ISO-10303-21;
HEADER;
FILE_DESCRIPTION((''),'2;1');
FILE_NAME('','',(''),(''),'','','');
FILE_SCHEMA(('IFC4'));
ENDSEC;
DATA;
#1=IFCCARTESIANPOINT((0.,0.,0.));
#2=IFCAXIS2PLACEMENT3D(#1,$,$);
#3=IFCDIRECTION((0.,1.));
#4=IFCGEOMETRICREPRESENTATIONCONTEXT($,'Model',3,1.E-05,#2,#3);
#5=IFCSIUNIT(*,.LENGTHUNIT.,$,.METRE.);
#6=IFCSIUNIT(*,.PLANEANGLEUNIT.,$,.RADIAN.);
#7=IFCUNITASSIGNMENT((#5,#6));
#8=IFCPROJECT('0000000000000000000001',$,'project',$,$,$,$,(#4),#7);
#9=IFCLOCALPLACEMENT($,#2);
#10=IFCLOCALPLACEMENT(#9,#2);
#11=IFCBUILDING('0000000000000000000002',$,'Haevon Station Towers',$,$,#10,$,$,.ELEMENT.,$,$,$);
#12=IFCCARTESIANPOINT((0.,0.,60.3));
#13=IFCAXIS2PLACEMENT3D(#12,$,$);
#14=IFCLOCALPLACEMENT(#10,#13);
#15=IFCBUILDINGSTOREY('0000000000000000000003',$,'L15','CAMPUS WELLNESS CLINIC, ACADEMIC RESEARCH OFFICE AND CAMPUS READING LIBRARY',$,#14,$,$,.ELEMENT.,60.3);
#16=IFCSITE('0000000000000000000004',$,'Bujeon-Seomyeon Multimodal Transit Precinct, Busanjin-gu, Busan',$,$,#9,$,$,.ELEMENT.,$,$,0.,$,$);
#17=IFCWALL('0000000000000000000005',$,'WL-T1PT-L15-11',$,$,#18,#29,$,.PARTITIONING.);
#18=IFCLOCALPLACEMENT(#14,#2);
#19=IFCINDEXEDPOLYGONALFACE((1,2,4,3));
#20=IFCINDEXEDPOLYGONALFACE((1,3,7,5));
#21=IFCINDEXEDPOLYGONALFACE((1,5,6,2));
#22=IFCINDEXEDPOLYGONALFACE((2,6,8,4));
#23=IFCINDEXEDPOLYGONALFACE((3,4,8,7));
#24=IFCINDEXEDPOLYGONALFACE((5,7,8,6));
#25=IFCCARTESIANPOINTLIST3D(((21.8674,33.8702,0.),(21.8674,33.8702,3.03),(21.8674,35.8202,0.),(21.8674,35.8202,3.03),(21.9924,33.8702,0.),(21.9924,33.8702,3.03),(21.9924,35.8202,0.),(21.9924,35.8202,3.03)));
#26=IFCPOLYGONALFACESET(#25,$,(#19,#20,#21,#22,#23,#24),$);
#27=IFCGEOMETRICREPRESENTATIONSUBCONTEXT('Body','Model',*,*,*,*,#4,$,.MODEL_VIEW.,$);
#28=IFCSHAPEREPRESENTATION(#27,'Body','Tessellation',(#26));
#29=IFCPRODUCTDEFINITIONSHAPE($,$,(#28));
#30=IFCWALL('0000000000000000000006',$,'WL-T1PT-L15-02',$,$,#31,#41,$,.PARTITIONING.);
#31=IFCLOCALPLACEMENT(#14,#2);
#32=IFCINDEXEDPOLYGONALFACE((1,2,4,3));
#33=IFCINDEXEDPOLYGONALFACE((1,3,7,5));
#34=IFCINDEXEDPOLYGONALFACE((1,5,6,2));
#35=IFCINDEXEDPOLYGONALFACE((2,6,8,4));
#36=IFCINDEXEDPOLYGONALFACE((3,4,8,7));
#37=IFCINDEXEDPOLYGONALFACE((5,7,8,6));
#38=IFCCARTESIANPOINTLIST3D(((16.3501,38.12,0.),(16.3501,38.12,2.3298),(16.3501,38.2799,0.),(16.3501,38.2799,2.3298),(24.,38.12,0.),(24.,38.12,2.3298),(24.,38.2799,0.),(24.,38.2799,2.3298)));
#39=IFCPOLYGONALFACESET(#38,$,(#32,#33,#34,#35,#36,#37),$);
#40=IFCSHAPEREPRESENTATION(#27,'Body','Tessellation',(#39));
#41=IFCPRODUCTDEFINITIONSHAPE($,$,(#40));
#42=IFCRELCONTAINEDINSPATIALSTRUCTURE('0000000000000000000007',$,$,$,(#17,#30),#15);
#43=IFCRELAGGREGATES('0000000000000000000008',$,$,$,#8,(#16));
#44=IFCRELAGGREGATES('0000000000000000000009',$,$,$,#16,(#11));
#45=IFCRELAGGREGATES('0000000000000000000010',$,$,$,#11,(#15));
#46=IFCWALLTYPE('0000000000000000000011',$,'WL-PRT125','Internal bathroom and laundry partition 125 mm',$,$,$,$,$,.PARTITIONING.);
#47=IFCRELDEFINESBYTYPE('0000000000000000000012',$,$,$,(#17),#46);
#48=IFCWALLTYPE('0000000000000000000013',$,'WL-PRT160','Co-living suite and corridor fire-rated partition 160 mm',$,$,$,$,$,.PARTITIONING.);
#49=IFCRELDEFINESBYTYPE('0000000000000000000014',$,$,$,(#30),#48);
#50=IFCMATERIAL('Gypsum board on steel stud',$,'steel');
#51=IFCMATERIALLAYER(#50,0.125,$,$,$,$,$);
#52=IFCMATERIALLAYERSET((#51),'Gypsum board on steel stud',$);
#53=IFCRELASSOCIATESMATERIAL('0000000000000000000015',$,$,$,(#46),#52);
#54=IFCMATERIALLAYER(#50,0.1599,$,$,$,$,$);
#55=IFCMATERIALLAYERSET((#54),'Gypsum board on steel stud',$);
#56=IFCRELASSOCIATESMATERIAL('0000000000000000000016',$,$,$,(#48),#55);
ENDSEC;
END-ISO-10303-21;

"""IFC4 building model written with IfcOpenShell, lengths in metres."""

from ifc_helpers import new_model, si_unit, direction, frame, frame_2d, origin, place, context, subcontext, project, spatial, rectangle, extrude, material, layer, layer_set, type_object, element, save


model = new_model("IFC4")

# Units and contexts
model_context = context("Model", 3, precision=1e-05, world=origin(), true_north=direction((0.0, 1.0)))
body_context = subcontext(model_context, "Body", "Model", "MODEL_VIEW")
ifc_project = project(units=[si_unit("LENGTHUNIT", "METRE"), si_unit("PLANEANGLEUNIT", "RADIAN")], contexts=[model_context])

# Site, building, storey
site_placement = place(None, origin())
site = spatial("IfcSite", under=ifc_project, at=site_placement, Name="Bujeon-Seomyeon Multimodal Transit Precinct, Busanjin-gu, Busan", CompositionType="ELEMENT", RefElevation=0.0)
building_placement = place(site_placement, origin())
building = spatial("IfcBuilding", under=site, at=building_placement, Name="Haevon Station Towers", CompositionType="ELEMENT")
storey_placement = place(building_placement, frame((0.0, 0.0, 60.3)))
storey = spatial("IfcBuildingStorey", under=building, at=storey_placement, Name="L15", Description="CAMPUS WELLNESS CLINIC, ACADEMIC RESEARCH OFFICE AND CAMPUS READING LIBRARY", CompositionType="ELEMENT", Elevation=60.3)

# Walls
ifc_material_1 = material(Name="Gypsum board on steel stud", Category="steel")
ifc_layer_1 = layer(ifc_material_1, 0.125)
ifc_layer_set_1 = layer_set([ifc_layer_1], Name="Gypsum board on steel stud")
wall_type_1 = type_object("IfcWallType", Name="WL-PRT125", Description="Internal bathroom and laundry partition 125 mm", PredefinedType="PARTITIONING", material=ifc_layer_set_1)
wall_1_placement = place(storey_placement, frame((21.9299, 33.8701, 0.0), z_axis=(0.0, 0.0, 1.0), x_axis=(0.0, 1.0, 0.0)))
element("IfcWall", 1, at=wall_1_placement, inside=storey, type_object=wall_type_1, Name="WL-T1PT-L15-11", PredefinedType="PARTITIONING", context=body_context, shape_type="SweptSolid", body=[
    extrude(rectangle(XDim=1.95, YDim=0.125, at=frame_2d((0.9751, 0.0))), origin(), (0.0, 0.0, 1.0), 3.03),
])
ifc_layer_2 = layer(ifc_material_1, 0.1599)
ifc_layer_set_2 = layer_set([ifc_layer_2], Name="Gypsum board on steel stud")
wall_type_2 = type_object("IfcWallType", Name="WL-PRT160", Description="Co-living suite and corridor fire-rated partition 160 mm", PredefinedType="PARTITIONING", material=ifc_layer_set_2)
wall_2_placement = place(storey_placement, frame((16.3501, 38.2, 0.0), z_axis=(0.0, 0.0, 1.0), x_axis=(1.0, 0.0, 0.0)))
element("IfcWall", 2, at=wall_2_placement, inside=storey, type_object=wall_type_2, Name="WL-T1PT-L15-02", PredefinedType="PARTITIONING", context=body_context, shape_type="SweptSolid", body=[
    extrude(rectangle(XDim=7.6499, YDim=0.1599, at=frame_2d((3.825, 0.0))), origin(), (0.0, 0.0, 1.0), 2.3298),
])

save(model, "model.ifc")
